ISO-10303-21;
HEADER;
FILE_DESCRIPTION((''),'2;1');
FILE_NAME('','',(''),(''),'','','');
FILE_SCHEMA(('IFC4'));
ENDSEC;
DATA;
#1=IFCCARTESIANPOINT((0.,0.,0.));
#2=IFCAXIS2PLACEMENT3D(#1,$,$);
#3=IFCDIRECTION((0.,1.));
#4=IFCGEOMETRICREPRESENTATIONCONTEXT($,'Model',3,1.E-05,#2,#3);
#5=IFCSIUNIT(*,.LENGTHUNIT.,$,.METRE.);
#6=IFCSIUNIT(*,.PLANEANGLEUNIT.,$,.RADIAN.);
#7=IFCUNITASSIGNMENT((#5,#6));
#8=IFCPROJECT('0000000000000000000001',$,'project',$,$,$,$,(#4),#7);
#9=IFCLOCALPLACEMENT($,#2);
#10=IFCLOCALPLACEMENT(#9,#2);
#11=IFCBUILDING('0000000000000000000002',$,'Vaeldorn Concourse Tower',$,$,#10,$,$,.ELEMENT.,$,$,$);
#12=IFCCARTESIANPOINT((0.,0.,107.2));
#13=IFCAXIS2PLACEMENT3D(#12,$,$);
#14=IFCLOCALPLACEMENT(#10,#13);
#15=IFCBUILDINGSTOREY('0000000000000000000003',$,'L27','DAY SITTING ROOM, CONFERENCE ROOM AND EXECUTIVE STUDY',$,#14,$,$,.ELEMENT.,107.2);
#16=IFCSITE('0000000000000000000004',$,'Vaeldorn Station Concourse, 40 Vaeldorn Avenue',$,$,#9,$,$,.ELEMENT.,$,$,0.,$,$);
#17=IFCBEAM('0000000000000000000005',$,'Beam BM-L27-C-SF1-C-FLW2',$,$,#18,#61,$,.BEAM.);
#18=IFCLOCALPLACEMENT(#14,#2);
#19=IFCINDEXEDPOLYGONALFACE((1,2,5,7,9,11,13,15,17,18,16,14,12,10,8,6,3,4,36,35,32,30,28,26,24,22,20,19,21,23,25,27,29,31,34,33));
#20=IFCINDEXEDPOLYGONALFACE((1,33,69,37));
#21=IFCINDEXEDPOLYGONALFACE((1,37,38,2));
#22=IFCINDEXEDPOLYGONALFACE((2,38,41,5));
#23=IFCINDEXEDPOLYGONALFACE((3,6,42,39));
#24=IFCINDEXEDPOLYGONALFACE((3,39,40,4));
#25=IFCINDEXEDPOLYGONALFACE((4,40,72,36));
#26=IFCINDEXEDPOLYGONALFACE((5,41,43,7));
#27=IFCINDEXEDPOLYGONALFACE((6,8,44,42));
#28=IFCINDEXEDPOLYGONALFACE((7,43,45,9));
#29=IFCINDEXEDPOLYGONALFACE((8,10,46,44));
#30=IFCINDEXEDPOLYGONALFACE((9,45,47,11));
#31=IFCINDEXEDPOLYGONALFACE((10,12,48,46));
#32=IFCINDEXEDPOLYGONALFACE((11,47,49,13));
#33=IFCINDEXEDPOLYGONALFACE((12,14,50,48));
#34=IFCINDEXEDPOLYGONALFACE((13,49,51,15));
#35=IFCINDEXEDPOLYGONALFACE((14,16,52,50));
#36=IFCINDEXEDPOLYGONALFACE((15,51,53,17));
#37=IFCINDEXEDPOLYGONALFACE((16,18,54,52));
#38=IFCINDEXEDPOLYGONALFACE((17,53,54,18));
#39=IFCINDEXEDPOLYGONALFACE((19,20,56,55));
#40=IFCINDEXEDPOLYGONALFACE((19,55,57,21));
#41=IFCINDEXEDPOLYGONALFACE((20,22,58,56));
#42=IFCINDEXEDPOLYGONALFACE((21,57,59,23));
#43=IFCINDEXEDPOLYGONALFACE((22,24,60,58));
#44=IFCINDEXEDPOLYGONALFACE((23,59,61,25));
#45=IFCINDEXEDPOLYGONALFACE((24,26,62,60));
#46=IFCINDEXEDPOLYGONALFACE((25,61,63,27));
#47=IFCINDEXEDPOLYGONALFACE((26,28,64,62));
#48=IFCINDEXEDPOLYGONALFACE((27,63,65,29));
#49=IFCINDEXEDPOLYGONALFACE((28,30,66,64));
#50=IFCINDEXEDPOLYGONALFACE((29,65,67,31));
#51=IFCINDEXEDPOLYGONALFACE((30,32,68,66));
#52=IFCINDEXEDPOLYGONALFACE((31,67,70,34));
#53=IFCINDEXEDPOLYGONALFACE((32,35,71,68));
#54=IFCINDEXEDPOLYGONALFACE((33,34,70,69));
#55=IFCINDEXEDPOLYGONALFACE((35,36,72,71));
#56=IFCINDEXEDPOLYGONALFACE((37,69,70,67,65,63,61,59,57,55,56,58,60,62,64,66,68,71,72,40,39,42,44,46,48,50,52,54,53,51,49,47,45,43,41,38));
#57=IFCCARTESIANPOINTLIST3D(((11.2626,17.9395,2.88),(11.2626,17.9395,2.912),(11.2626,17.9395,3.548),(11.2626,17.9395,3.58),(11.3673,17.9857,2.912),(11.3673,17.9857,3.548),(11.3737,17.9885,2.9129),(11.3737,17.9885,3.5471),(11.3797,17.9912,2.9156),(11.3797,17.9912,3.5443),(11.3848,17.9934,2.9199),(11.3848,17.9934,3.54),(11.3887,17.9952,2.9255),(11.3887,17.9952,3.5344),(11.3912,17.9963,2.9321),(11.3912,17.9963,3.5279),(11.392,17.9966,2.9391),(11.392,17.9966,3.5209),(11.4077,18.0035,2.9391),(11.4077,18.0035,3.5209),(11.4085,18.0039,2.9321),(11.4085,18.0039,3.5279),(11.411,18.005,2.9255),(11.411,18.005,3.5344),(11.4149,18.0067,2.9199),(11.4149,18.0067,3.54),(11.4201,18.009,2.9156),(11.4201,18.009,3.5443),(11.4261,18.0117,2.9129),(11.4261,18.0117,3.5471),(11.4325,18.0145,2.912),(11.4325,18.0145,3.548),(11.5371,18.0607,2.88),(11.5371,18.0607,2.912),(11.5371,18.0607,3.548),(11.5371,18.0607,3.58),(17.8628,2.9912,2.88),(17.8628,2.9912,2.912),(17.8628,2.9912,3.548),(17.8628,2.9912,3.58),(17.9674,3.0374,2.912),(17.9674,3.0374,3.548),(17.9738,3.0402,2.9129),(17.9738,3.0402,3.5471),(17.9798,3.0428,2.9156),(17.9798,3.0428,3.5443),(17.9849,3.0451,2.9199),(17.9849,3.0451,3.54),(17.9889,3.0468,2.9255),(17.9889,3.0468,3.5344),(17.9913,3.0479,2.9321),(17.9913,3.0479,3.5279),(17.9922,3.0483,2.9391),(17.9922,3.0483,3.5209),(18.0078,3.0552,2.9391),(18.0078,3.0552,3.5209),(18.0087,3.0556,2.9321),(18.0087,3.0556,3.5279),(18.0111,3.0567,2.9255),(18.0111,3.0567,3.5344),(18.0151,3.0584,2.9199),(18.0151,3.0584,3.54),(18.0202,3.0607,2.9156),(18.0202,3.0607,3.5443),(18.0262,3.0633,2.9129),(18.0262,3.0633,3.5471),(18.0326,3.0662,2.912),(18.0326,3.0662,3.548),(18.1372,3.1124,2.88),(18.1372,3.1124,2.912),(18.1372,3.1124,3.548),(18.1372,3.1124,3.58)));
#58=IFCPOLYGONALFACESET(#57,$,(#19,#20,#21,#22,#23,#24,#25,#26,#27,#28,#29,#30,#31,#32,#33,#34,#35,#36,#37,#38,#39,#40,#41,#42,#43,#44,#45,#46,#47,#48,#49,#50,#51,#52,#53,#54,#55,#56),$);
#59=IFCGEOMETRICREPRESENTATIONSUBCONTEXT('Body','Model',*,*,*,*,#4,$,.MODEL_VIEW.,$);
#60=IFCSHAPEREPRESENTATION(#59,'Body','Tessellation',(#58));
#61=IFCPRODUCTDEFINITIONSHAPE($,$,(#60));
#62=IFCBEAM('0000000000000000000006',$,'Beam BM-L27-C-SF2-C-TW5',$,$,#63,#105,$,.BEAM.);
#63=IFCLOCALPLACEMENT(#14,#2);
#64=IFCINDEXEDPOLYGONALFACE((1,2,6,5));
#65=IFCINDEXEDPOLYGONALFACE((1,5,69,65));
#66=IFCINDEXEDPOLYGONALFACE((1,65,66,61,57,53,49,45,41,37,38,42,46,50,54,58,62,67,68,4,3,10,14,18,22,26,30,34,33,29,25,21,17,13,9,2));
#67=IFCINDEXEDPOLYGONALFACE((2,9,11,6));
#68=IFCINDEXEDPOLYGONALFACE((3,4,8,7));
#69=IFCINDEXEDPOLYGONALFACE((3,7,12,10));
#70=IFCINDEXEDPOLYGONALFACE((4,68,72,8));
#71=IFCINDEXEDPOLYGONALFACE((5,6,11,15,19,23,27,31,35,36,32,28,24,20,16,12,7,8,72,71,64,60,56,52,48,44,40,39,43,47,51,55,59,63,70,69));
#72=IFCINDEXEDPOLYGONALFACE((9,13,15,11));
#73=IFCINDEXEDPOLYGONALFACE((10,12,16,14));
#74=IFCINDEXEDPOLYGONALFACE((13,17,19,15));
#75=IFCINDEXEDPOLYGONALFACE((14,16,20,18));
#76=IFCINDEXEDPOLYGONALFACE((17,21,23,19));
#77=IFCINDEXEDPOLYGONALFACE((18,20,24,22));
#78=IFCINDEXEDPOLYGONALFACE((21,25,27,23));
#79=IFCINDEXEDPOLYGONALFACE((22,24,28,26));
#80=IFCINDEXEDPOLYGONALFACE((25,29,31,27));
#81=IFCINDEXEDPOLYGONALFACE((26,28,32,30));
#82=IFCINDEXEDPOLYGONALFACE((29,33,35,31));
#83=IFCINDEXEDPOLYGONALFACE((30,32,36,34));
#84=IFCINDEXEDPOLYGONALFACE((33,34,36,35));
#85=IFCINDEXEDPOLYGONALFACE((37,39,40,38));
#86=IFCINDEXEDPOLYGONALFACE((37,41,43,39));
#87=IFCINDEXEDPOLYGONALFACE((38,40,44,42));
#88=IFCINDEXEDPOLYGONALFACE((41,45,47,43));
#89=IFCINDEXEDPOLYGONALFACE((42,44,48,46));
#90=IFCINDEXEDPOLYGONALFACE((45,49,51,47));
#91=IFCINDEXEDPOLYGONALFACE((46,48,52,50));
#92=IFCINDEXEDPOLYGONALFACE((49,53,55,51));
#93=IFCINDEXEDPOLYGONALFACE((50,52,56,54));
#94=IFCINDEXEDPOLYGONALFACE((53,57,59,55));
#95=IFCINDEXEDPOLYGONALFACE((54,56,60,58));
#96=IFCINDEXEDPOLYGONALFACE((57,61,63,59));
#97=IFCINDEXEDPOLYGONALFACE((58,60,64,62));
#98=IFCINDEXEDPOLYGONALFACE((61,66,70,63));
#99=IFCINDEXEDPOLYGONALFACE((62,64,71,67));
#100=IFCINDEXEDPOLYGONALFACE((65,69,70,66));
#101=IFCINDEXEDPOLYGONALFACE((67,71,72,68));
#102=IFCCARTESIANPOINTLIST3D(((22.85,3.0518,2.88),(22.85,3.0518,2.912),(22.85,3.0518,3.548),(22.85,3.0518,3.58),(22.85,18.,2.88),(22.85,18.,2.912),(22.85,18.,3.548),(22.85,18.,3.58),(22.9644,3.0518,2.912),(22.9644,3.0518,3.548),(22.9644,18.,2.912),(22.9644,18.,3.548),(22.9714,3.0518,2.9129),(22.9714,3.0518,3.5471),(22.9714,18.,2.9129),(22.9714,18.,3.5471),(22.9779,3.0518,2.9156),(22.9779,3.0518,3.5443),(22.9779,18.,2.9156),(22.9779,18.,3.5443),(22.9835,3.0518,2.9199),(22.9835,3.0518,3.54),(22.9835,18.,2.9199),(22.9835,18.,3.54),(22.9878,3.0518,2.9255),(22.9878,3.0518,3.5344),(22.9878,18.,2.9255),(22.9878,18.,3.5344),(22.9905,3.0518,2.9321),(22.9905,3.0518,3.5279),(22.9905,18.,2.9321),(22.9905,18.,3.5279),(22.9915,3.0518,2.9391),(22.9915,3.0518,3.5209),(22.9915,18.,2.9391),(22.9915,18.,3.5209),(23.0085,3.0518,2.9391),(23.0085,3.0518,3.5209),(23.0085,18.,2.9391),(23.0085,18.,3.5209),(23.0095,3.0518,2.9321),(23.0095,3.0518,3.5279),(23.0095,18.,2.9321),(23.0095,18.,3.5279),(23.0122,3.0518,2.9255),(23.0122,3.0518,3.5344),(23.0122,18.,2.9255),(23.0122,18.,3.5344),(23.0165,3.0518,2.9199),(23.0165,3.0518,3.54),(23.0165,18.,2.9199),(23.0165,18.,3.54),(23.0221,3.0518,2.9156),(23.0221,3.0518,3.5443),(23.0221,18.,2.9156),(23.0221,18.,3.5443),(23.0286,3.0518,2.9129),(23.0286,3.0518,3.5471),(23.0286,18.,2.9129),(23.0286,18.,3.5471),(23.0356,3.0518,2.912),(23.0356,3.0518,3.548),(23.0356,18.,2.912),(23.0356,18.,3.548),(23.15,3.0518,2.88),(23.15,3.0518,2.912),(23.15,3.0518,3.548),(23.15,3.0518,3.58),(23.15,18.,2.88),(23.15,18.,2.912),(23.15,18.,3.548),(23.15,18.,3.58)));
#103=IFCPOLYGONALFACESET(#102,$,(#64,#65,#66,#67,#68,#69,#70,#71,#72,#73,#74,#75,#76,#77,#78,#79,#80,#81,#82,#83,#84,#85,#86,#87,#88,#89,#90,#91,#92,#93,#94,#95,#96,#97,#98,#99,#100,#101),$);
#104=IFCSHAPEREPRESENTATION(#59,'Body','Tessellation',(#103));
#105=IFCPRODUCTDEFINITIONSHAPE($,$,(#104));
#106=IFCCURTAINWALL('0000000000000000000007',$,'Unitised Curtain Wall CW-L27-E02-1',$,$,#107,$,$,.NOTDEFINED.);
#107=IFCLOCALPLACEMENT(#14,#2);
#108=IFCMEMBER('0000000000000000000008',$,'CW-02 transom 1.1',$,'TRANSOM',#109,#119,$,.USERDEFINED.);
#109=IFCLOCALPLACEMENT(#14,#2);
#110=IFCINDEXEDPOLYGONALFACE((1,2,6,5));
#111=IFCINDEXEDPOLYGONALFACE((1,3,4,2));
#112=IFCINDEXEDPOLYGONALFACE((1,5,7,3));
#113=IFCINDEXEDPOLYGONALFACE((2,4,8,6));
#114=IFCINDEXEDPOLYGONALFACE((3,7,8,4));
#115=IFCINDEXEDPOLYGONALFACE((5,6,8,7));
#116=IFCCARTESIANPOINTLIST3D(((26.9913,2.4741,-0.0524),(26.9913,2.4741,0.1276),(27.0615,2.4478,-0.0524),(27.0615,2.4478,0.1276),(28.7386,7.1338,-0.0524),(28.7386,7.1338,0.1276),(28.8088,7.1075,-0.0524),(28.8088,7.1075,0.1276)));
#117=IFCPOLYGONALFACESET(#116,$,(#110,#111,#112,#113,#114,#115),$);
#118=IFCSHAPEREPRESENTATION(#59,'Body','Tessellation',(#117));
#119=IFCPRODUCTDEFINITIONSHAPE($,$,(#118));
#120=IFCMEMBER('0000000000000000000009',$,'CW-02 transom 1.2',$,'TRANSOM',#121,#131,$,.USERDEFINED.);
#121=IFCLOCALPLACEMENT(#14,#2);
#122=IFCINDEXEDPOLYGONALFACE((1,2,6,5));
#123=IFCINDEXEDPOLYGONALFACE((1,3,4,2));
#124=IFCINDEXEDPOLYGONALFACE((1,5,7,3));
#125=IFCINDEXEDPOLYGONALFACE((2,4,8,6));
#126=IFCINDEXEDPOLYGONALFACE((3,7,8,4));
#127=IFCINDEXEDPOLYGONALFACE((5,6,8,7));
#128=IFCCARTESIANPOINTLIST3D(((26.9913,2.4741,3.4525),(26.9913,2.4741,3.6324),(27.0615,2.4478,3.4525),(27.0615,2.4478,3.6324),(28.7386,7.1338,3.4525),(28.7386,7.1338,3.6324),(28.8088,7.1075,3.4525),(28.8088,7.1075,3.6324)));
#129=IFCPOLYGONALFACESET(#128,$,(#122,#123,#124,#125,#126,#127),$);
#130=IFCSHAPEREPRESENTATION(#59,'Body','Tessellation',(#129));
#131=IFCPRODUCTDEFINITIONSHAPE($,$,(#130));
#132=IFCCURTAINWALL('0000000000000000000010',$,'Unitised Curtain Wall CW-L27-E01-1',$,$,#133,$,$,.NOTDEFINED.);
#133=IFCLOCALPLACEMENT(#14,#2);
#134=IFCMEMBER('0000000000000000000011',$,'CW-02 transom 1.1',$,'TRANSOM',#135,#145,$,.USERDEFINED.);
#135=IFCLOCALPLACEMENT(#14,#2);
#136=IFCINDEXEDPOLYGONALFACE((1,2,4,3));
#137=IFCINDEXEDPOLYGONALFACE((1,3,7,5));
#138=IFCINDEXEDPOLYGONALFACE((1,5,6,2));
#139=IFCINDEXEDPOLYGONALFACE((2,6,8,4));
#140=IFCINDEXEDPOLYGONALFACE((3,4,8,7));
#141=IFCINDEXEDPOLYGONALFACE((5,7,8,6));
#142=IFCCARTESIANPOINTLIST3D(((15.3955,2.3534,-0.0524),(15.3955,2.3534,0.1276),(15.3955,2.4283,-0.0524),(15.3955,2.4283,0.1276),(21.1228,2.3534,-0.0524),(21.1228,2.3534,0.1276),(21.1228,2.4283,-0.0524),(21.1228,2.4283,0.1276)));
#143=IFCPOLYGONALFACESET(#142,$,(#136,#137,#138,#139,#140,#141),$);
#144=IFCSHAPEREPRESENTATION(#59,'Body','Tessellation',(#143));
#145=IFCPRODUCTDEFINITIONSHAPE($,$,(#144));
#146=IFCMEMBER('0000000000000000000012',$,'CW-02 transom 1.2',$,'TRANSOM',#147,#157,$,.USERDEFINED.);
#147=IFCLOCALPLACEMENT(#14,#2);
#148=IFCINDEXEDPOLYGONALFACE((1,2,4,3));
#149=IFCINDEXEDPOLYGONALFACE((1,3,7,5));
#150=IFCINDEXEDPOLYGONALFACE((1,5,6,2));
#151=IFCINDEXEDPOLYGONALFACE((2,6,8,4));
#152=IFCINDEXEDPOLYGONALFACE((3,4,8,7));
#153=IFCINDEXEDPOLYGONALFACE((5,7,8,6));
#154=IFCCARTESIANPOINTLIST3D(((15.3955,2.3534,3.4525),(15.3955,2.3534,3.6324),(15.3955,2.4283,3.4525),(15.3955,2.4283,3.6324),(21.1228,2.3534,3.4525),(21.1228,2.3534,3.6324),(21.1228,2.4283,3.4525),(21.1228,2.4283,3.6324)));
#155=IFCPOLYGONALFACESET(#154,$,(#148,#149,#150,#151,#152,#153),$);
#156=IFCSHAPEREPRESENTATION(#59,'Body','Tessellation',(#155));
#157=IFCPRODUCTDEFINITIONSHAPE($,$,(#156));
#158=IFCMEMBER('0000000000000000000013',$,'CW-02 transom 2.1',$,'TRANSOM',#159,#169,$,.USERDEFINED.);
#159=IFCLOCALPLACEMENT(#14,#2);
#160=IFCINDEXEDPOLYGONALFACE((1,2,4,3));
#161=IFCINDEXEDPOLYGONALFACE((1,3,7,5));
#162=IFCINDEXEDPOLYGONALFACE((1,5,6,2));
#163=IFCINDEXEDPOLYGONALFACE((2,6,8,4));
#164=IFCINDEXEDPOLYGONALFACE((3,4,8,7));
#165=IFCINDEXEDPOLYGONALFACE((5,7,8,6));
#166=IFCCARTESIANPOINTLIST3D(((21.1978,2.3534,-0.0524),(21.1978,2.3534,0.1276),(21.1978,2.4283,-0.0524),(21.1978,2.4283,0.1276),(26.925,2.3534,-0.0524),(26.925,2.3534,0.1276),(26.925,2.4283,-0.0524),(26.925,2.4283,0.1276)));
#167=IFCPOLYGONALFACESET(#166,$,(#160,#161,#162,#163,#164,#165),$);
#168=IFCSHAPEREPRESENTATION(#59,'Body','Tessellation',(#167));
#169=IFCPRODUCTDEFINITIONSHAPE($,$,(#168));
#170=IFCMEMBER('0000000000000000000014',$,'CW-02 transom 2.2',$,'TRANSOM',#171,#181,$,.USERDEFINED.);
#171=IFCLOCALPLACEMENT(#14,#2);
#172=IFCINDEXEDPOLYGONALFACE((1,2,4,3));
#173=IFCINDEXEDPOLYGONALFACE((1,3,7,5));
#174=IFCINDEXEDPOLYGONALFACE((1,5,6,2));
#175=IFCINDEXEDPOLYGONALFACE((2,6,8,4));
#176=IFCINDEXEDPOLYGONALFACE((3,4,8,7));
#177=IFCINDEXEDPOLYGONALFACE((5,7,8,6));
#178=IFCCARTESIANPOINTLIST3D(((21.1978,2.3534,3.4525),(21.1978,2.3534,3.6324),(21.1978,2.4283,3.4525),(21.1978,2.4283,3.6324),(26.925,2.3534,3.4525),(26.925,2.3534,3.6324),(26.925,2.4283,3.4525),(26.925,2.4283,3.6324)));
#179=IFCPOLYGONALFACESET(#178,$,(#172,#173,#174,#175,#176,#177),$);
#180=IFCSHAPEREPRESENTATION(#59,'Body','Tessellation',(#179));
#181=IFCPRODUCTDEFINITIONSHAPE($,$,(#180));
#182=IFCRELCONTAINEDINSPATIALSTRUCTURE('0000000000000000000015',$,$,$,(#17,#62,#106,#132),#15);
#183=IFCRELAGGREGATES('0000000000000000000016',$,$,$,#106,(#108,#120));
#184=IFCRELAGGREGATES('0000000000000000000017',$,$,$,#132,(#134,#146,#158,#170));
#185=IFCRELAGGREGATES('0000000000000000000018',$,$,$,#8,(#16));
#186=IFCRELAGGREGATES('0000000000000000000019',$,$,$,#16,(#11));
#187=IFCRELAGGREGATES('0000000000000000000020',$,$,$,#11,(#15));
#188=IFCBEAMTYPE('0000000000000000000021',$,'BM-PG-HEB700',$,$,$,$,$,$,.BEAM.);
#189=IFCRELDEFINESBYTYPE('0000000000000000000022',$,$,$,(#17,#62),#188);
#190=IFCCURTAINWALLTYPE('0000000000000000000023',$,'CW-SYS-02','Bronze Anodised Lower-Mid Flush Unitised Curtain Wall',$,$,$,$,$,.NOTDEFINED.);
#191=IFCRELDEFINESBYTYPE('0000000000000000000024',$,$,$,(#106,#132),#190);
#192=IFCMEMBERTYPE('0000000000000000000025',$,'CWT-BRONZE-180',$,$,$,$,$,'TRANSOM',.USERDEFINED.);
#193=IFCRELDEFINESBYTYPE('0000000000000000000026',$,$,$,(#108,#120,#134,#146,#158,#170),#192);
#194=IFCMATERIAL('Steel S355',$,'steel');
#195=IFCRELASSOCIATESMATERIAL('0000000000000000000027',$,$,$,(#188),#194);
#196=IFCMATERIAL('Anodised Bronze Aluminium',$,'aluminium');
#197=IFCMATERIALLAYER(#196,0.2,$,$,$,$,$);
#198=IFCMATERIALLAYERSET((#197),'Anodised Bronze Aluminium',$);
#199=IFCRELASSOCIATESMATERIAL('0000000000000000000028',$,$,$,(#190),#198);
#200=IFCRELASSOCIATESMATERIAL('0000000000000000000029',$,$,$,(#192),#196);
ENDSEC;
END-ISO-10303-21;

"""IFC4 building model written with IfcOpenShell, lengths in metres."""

from ifc_helpers import new_model, si_unit, direction, frame, origin, origin_2d, place, context, subcontext, project, spatial, rectangle, i_section, extrude, source, transform, mapped, material, layer, layer_set, material_profile, profile_set, type_object, element, aggregate, save


model = new_model("IFC4")

# Units and contexts
model_context = context("Model", 3, precision=1e-05, world=origin(), true_north=direction((0.0, 1.0)))
body_context = subcontext(model_context, "Body", "Model", "MODEL_VIEW")
ifc_project = project(units=[si_unit("LENGTHUNIT", "METRE"), si_unit("PLANEANGLEUNIT", "RADIAN")], contexts=[model_context])

# Site, building, storey
site_placement = place(None, origin())
site = spatial("IfcSite", under=ifc_project, at=site_placement, Name="Vaeldorn Station Concourse, 40 Vaeldorn Avenue", CompositionType="ELEMENT", RefElevation=0.0)
building_placement = place(site_placement, origin())
building = spatial("IfcBuilding", under=site, at=building_placement, Name="Vaeldorn Concourse Tower", CompositionType="ELEMENT")
storey_placement = place(building_placement, frame((0.0, 0.0, 107.2)))
storey = spatial("IfcBuildingStorey", under=building, at=storey_placement, Name="L27", Description="DAY SITTING ROOM, CONFERENCE ROOM AND EXECUTIVE STUDY", CompositionType="ELEMENT", Elevation=107.2)

# Beams
ifc_material_1 = material(Name="Steel S355", Category="steel")
ifc_material_profile_1 = material_profile(ifc_material_1, i_section(OverallWidth=0.3, OverallDepth=0.7, WebThickness=0.0171, FlangeThickness=0.032, FilletRadius=0.0271, at=origin_2d()), Name="HEB 700")
ifc_profile_set_1 = profile_set([ifc_material_profile_1], Name="Steel S355")
beam_type_1 = type_object("IfcBeamType", Name="BM-PG-HEB700", PredefinedType="BEAM", material=ifc_profile_set_1)
shared_shape_1 = source(origin(), body_context, "Body", "SweptSolid", [
    extrude(i_section(OverallWidth=0.3, OverallDepth=0.7, WebThickness=0.0171, FlangeThickness=0.032, FilletRadius=0.0271, at=origin_2d()), origin(), (0.0, 0.0, 1.0), 16.3406),
])
beam_1_placement = place(storey_placement, frame((18.0, 3.0518, 3.23), z_axis=(-0.403911, 0.914798, 0.0), x_axis=(-0.914798, -0.403911, 0.0)))
element("IfcBeam", 1, at=beam_1_placement, inside=storey, type_object=beam_type_1, Name="Beam BM-L27-C-SF1-C-FLW2", PredefinedType="BEAM", context=body_context, shape_type="MappedRepresentation", body=[
    mapped(shared_shape_1, transform((0.0, 0.0, 0.0), scale=1.0)),
])
shared_shape_2 = source(origin(), body_context, "Body", "SweptSolid", [
    extrude(i_section(OverallWidth=0.3, OverallDepth=0.7, WebThickness=0.0171, FlangeThickness=0.032, FilletRadius=0.0271, at=origin_2d()), origin(), (0.0, 0.0, 1.0), 14.9482),
])
beam_2_placement = place(storey_placement, frame((23.0, 3.0518, 3.23), z_axis=(0.0, 1.0, 0.0), x_axis=(-1.0, 0.0, 0.0)))
element("IfcBeam", 2, at=beam_2_placement, inside=storey, type_object=beam_type_1, Name="Beam BM-L27-C-SF2-C-TW5", PredefinedType="BEAM", context=body_context, shape_type="MappedRepresentation", body=[
    mapped(shared_shape_2, transform((0.0, 0.0, 0.0), scale=1.0)),
])

# Curtain walls, members
ifc_material_2 = material(Name="Anodised Bronze Aluminium", Category="aluminium")
ifc_layer_1 = layer(ifc_material_2, 0.2)
ifc_layer_set_1 = layer_set([ifc_layer_1], Name="Anodised Bronze Aluminium")
curtain_wall_type = type_object("IfcCurtainWallType", Name="CW-SYS-02", Description="Bronze Anodised Lower-Mid Flush Unitised Curtain Wall", PredefinedType="NOTDEFINED", material=ifc_layer_set_1)
curtain_wall_1_placement = place(storey_placement, origin())
curtain_wall_1 = element("IfcCurtainWall", 3, at=curtain_wall_1_placement, inside=storey, type_object=curtain_wall_type, Name="Unitised Curtain Wall CW-L27-E02-1", PredefinedType="NOTDEFINED")
ifc_material_profile_2 = material_profile(ifc_material_2, rectangle(XDim=0.075, YDim=0.1799, at=origin_2d()), Name="CWT 75x180")
ifc_profile_set_2 = profile_set([ifc_material_profile_2], Name="Anodised Bronze Aluminium")
member_type_1 = type_object("IfcMemberType", Name="CWT-BRONZE-180", ElementType="TRANSOM", PredefinedType="USERDEFINED", material=ifc_profile_set_2)
shared_shape_3 = source(origin(), body_context, "Body", "SweptSolid", [
    extrude(rectangle(XDim=0.075, YDim=0.1799, at=origin_2d()), origin(), (0.0, 0.0, 1.0), 4.9766),
])
member_1_placement = place(storey_placement, frame((27.0264, 2.4609, 0.0376), z_axis=(0.351113, 0.936333, 0.0), x_axis=(-0.936333, 0.351113, 0.0)))
member_1 = element("IfcMember", 4, at=member_1_placement, type_object=member_type_1, Name="CW-02 transom 1.1", ObjectType="TRANSOM", PredefinedType="USERDEFINED", context=body_context, shape_type="MappedRepresentation", body=[
    mapped(shared_shape_3, transform((0.0, 0.0, 0.0), scale=1.0)),
])
member_2_placement = place(storey_placement, frame((27.0264, 2.4609, 3.5425), z_axis=(0.351113, 0.936333, 0.0), x_axis=(-0.936333, 0.351113, 0.0)))
member_2 = element("IfcMember", 5, at=member_2_placement, type_object=member_type_1, Name="CW-02 transom 1.2", ObjectType="TRANSOM", PredefinedType="USERDEFINED", context=body_context, shape_type="MappedRepresentation", body=[
    mapped(shared_shape_3, transform((0.0, 0.0, 0.0), scale=1.0)),
])
curtain_wall_2_placement = place(storey_placement, origin())
curtain_wall_2 = element("IfcCurtainWall", 6, at=curtain_wall_2_placement, inside=storey, type_object=curtain_wall_type, Name="Unitised Curtain Wall CW-L27-E01-1", PredefinedType="NOTDEFINED")
shared_shape_4 = source(origin(), body_context, "Body", "SweptSolid", [
    extrude(rectangle(XDim=0.075, YDim=0.1799, at=origin_2d()), origin(), (0.0, 0.0, 1.0), 5.7273),
])
member_3_placement = place(storey_placement, frame((15.3955, 2.3909, 0.0376), z_axis=(1.0, 0.0, 0.0), x_axis=(0.0, 1.0, 0.0)))
member_3 = element("IfcMember", 7, at=member_3_placement, type_object=member_type_1, Name="CW-02 transom 1.1", ObjectType="TRANSOM", PredefinedType="USERDEFINED", context=body_context, shape_type="MappedRepresentation", body=[
    mapped(shared_shape_4, transform((0.0, 0.0, 0.0), scale=1.0)),
])
member_4_placement = place(storey_placement, frame((15.3955, 2.3909, 3.5425), z_axis=(1.0, 0.0, 0.0), x_axis=(0.0, 1.0, 0.0)))
member_4 = element("IfcMember", 8, at=member_4_placement, type_object=member_type_1, Name="CW-02 transom 1.2", ObjectType="TRANSOM", PredefinedType="USERDEFINED", context=body_context, shape_type="MappedRepresentation", body=[
    mapped(shared_shape_4, transform((0.0, 0.0, 0.0), scale=1.0)),
])
member_5_placement = place(storey_placement, frame((21.1978, 2.3909, 0.0376), z_axis=(1.0, 0.0, 0.0), x_axis=(0.0, 1.0, 0.0)))
member_5 = element("IfcMember", 9, at=member_5_placement, type_object=member_type_1, Name="CW-02 transom 2.1", ObjectType="TRANSOM", PredefinedType="USERDEFINED", context=body_context, shape_type="MappedRepresentation", body=[
    mapped(shared_shape_4, transform((0.0, 0.0, 0.0), scale=1.0)),
])
member_6_placement = place(storey_placement, frame((21.1978, 2.3909, 3.5425), z_axis=(1.0, 0.0, 0.0), x_axis=(0.0, 1.0, 0.0)))
member_6 = element("IfcMember", 10, at=member_6_placement, type_object=member_type_1, Name="CW-02 transom 2.2", ObjectType="TRANSOM", PredefinedType="USERDEFINED", context=body_context, shape_type="MappedRepresentation", body=[
    mapped(shared_shape_4, transform((0.0, 0.0, 0.0), scale=1.0)),
])

aggregate(curtain_wall_1, [member_1, member_2])

aggregate(curtain_wall_2, [member_3, member_4, member_5, member_6])

save(model, "model.ifc")
